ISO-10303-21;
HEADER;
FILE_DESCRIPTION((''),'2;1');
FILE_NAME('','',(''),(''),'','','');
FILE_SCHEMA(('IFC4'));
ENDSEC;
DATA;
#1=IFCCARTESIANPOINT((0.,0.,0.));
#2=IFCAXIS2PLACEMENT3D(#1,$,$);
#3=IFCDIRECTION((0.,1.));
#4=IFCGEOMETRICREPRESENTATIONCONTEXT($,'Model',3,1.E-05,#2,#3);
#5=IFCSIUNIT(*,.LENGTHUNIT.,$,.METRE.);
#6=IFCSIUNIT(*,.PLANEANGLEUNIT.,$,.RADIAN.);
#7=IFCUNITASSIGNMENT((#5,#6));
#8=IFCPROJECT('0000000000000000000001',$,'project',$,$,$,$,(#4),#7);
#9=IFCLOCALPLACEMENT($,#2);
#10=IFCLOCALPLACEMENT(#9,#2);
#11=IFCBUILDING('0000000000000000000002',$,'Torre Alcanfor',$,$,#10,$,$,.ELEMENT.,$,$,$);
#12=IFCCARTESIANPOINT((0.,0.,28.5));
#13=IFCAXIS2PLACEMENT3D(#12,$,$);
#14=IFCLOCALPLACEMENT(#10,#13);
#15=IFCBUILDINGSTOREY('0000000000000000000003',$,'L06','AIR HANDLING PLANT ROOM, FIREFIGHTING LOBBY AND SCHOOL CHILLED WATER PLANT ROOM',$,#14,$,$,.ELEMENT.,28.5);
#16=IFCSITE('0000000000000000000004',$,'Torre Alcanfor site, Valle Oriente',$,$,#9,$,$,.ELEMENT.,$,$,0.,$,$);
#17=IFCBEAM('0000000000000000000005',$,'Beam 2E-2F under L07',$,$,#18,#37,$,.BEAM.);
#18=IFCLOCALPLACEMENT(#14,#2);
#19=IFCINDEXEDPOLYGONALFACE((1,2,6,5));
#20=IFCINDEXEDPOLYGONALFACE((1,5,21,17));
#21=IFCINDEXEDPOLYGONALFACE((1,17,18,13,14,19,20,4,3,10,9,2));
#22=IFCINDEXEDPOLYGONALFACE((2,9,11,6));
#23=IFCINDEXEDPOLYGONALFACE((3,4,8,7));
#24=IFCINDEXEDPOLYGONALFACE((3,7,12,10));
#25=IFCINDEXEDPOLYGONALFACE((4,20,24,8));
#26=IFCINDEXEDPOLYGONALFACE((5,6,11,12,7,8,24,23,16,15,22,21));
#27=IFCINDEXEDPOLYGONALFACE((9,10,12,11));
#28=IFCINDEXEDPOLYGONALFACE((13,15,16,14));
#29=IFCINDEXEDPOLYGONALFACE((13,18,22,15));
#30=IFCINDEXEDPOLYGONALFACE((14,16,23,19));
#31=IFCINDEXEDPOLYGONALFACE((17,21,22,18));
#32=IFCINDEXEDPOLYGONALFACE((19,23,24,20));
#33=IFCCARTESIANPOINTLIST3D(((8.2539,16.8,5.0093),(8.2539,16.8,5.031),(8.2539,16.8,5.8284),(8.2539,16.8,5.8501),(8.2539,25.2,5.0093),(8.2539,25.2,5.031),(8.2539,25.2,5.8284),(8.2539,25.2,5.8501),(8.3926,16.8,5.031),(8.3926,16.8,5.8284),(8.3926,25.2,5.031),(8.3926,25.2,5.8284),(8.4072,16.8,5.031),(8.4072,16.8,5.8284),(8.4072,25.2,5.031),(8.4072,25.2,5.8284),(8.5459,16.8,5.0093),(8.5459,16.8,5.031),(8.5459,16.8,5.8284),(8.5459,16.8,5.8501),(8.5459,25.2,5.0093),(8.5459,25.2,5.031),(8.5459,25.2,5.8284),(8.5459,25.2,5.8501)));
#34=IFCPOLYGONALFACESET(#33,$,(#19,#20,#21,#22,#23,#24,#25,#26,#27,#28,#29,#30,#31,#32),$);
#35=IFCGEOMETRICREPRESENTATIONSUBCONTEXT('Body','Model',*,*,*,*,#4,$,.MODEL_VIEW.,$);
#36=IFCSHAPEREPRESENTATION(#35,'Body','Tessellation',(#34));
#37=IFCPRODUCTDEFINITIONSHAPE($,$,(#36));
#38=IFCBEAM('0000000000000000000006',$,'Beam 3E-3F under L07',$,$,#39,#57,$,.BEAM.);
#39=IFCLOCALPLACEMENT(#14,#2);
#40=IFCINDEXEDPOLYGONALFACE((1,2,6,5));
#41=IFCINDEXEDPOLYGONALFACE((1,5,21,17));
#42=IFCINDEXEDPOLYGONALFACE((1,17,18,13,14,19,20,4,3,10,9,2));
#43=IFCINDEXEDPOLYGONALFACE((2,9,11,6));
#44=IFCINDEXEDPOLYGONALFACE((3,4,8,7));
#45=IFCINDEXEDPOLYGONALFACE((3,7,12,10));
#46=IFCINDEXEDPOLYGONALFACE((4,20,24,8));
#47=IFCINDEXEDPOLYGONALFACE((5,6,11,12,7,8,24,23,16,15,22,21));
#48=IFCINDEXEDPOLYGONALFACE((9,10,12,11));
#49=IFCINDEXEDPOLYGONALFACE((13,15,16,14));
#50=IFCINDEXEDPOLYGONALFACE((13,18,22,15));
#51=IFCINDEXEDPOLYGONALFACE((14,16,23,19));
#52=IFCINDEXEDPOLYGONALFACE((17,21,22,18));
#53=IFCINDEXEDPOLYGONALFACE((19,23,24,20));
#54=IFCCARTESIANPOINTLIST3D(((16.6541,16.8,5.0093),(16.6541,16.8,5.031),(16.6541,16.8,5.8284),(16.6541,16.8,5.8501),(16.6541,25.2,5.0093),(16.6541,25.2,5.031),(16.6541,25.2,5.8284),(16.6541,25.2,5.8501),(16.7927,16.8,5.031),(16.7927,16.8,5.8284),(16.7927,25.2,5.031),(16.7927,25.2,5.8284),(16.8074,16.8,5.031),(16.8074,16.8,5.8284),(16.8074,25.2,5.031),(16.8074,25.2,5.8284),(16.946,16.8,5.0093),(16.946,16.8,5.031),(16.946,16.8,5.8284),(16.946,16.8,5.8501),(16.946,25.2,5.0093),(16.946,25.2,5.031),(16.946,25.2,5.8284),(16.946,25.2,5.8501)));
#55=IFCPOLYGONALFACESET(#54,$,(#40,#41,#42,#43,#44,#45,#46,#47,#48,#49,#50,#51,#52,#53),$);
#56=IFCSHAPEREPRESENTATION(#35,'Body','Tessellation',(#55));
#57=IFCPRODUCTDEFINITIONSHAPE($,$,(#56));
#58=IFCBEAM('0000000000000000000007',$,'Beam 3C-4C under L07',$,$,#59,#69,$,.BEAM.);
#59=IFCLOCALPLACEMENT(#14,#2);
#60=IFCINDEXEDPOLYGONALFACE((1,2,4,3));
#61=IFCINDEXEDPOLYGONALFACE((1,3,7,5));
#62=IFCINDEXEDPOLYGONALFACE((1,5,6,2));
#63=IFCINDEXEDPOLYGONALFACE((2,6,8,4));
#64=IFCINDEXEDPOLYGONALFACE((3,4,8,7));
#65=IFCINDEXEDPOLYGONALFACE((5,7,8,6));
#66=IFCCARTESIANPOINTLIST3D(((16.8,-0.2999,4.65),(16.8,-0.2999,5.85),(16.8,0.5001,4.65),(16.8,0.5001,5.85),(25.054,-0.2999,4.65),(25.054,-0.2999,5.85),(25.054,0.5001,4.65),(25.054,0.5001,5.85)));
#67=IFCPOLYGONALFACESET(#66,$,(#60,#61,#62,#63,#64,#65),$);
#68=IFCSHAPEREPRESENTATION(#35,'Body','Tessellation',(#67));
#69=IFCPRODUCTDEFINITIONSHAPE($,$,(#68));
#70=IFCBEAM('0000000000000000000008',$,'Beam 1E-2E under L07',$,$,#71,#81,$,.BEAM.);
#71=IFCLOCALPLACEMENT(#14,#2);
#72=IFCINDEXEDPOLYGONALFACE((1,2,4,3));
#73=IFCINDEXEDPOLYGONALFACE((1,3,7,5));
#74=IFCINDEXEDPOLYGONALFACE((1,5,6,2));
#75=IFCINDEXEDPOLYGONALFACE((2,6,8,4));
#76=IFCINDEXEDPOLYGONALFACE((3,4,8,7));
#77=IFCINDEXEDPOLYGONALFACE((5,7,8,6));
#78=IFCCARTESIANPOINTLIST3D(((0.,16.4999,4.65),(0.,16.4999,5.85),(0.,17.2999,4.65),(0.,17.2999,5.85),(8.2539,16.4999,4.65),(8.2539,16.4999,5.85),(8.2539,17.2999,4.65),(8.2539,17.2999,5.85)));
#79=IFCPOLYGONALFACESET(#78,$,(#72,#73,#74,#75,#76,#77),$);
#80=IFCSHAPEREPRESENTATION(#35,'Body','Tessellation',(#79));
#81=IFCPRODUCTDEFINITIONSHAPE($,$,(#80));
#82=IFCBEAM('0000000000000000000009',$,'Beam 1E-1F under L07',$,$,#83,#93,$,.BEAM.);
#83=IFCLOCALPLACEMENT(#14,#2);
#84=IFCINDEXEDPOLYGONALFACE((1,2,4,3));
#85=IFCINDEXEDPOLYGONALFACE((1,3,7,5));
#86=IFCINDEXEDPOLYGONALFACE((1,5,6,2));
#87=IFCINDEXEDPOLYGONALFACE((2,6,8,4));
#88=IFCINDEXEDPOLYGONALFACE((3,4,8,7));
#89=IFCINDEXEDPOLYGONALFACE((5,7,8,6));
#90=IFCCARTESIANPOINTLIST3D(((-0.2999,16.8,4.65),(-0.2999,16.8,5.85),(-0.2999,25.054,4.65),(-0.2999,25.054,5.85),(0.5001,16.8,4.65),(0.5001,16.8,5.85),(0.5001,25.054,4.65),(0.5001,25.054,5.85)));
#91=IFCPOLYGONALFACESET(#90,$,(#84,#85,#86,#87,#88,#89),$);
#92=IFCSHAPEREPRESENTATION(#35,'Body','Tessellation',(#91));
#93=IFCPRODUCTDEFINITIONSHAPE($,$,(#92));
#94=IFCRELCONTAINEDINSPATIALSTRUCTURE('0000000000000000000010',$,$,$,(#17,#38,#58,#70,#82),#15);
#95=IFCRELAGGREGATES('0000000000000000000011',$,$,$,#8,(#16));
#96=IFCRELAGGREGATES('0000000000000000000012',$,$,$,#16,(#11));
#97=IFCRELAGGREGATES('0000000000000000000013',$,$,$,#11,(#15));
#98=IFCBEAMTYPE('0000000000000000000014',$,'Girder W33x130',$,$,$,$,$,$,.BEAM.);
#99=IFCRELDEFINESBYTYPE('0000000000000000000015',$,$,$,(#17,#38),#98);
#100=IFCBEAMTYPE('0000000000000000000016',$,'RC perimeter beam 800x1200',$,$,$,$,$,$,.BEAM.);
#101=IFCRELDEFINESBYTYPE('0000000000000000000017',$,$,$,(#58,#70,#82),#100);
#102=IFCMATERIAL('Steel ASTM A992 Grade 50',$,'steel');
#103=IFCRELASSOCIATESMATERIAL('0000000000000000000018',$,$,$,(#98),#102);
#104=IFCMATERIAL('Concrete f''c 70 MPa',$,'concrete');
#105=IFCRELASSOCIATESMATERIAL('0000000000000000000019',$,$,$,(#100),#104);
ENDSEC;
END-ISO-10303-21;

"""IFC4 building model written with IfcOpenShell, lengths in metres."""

from ifc_helpers import new_model, si_unit, direction, frame, origin, origin_2d, place, context, subcontext, project, spatial, rectangle, i_section, extrude, material, material_profile, profile_set, type_object, element, save


model = new_model("IFC4")

# Units and contexts
model_context = context("Model", 3, precision=1e-05, world=origin(), true_north=direction((0.0, 1.0)))
body_context = subcontext(model_context, "Body", "Model", "MODEL_VIEW")
ifc_project = project(units=[si_unit("LENGTHUNIT", "METRE"), si_unit("PLANEANGLEUNIT", "RADIAN")], contexts=[model_context])

# Site, building, storey
site_placement = place(None, origin())
site = spatial("IfcSite", under=ifc_project, at=site_placement, Name="Torre Alcanfor site, Valle Oriente", CompositionType="ELEMENT", RefElevation=0.0)
building_placement = place(site_placement, origin())
building = spatial("IfcBuilding", under=site, at=building_placement, Name="Torre Alcanfor", CompositionType="ELEMENT")
storey_placement = place(building_placement, frame((0.0, 0.0, 28.5)))
storey = spatial("IfcBuildingStorey", under=building, at=storey_placement, Name="L06", Description="AIR HANDLING PLANT ROOM, FIREFIGHTING LOBBY AND SCHOOL CHILLED WATER PLANT ROOM", CompositionType="ELEMENT", Elevation=28.5)

# Beams
ifc_material_1 = material(Name="Steel ASTM A992 Grade 50", Category="steel")
ifc_material_profile_1 = material_profile(ifc_material_1, i_section(OverallWidth=0.292, OverallDepth=0.8408, WebThickness=0.0146, FlangeThickness=0.0217, at=origin_2d()), Name="W33x130")
ifc_profile_set_1 = profile_set([ifc_material_profile_1], Name="Steel ASTM A992 Grade 50")
beam_type_1 = type_object("IfcBeamType", Name="Girder W33x130", PredefinedType="BEAM", material=ifc_profile_set_1)
for number, where, z_axis, x_axis, name in (
    (1, (8.3999, 16.8, 5.4297), (0.0, 1.0, 0.0), (-1.0, 0.0, 0.0), "Beam 2E-2F under L07"),
    (2, (16.8, 16.8, 5.4297), (0.0, 1.0, 0.0), (-1.0, 0.0, 0.0), "Beam 3E-3F under L07"),
):
    element("IfcBeam", number, at=place(storey_placement, frame(where, z_axis=z_axis, x_axis=x_axis)), inside=storey, type_object=beam_type_1, Name=name, PredefinedType="BEAM", context=body_context, shape_type="SweptSolid", body=[
        extrude(i_section(OverallWidth=0.292, OverallDepth=0.8408, WebThickness=0.0146, FlangeThickness=0.0217, at=origin_2d()), origin(), (0.0, 0.0, 1.0), 8.3999),
    ])
ifc_material_2 = material(Name="Concrete f'c 70 MPa", Category="concrete")
ifc_material_profile_2 = material_profile(ifc_material_2, rectangle(XDim=0.8, YDim=1.2, at=origin_2d()), Name="800x1200")
ifc_profile_set_2 = profile_set([ifc_material_profile_2], Name="Concrete f'c 70 MPa")
beam_type_2 = type_object("IfcBeamType", Name="RC perimeter beam 800x1200", PredefinedType="BEAM", material=ifc_profile_set_2)
for number, where, z_axis, x_axis, name in (
    (3, (16.8, 0.1001, 5.25), (1.0, 0.0, 0.0), (0.0, 1.0, 0.0), "Beam 3C-4C under L07"),
    (4, (0.0, 16.8999, 5.25), (1.0, 0.0, 0.0), (0.0, 1.0, 0.0), "Beam 1E-2E under L07"),
    (5, (0.1001, 16.8, 5.25), (0.0, 1.0, 0.0), (-1.0, 0.0, 0.0), "Beam 1E-1F under L07"),
):
    element("IfcBeam", number, at=place(storey_placement, frame(where, z_axis=z_axis, x_axis=x_axis)), inside=storey, type_object=beam_type_2, Name=name, PredefinedType="BEAM", context=body_context, shape_type="SweptSolid", body=[
        extrude(rectangle(XDim=0.8, YDim=1.2, at=origin_2d()), origin(), (0.0, 0.0, 1.0), 8.2539),
    ])

save(model, "model.ifc")
